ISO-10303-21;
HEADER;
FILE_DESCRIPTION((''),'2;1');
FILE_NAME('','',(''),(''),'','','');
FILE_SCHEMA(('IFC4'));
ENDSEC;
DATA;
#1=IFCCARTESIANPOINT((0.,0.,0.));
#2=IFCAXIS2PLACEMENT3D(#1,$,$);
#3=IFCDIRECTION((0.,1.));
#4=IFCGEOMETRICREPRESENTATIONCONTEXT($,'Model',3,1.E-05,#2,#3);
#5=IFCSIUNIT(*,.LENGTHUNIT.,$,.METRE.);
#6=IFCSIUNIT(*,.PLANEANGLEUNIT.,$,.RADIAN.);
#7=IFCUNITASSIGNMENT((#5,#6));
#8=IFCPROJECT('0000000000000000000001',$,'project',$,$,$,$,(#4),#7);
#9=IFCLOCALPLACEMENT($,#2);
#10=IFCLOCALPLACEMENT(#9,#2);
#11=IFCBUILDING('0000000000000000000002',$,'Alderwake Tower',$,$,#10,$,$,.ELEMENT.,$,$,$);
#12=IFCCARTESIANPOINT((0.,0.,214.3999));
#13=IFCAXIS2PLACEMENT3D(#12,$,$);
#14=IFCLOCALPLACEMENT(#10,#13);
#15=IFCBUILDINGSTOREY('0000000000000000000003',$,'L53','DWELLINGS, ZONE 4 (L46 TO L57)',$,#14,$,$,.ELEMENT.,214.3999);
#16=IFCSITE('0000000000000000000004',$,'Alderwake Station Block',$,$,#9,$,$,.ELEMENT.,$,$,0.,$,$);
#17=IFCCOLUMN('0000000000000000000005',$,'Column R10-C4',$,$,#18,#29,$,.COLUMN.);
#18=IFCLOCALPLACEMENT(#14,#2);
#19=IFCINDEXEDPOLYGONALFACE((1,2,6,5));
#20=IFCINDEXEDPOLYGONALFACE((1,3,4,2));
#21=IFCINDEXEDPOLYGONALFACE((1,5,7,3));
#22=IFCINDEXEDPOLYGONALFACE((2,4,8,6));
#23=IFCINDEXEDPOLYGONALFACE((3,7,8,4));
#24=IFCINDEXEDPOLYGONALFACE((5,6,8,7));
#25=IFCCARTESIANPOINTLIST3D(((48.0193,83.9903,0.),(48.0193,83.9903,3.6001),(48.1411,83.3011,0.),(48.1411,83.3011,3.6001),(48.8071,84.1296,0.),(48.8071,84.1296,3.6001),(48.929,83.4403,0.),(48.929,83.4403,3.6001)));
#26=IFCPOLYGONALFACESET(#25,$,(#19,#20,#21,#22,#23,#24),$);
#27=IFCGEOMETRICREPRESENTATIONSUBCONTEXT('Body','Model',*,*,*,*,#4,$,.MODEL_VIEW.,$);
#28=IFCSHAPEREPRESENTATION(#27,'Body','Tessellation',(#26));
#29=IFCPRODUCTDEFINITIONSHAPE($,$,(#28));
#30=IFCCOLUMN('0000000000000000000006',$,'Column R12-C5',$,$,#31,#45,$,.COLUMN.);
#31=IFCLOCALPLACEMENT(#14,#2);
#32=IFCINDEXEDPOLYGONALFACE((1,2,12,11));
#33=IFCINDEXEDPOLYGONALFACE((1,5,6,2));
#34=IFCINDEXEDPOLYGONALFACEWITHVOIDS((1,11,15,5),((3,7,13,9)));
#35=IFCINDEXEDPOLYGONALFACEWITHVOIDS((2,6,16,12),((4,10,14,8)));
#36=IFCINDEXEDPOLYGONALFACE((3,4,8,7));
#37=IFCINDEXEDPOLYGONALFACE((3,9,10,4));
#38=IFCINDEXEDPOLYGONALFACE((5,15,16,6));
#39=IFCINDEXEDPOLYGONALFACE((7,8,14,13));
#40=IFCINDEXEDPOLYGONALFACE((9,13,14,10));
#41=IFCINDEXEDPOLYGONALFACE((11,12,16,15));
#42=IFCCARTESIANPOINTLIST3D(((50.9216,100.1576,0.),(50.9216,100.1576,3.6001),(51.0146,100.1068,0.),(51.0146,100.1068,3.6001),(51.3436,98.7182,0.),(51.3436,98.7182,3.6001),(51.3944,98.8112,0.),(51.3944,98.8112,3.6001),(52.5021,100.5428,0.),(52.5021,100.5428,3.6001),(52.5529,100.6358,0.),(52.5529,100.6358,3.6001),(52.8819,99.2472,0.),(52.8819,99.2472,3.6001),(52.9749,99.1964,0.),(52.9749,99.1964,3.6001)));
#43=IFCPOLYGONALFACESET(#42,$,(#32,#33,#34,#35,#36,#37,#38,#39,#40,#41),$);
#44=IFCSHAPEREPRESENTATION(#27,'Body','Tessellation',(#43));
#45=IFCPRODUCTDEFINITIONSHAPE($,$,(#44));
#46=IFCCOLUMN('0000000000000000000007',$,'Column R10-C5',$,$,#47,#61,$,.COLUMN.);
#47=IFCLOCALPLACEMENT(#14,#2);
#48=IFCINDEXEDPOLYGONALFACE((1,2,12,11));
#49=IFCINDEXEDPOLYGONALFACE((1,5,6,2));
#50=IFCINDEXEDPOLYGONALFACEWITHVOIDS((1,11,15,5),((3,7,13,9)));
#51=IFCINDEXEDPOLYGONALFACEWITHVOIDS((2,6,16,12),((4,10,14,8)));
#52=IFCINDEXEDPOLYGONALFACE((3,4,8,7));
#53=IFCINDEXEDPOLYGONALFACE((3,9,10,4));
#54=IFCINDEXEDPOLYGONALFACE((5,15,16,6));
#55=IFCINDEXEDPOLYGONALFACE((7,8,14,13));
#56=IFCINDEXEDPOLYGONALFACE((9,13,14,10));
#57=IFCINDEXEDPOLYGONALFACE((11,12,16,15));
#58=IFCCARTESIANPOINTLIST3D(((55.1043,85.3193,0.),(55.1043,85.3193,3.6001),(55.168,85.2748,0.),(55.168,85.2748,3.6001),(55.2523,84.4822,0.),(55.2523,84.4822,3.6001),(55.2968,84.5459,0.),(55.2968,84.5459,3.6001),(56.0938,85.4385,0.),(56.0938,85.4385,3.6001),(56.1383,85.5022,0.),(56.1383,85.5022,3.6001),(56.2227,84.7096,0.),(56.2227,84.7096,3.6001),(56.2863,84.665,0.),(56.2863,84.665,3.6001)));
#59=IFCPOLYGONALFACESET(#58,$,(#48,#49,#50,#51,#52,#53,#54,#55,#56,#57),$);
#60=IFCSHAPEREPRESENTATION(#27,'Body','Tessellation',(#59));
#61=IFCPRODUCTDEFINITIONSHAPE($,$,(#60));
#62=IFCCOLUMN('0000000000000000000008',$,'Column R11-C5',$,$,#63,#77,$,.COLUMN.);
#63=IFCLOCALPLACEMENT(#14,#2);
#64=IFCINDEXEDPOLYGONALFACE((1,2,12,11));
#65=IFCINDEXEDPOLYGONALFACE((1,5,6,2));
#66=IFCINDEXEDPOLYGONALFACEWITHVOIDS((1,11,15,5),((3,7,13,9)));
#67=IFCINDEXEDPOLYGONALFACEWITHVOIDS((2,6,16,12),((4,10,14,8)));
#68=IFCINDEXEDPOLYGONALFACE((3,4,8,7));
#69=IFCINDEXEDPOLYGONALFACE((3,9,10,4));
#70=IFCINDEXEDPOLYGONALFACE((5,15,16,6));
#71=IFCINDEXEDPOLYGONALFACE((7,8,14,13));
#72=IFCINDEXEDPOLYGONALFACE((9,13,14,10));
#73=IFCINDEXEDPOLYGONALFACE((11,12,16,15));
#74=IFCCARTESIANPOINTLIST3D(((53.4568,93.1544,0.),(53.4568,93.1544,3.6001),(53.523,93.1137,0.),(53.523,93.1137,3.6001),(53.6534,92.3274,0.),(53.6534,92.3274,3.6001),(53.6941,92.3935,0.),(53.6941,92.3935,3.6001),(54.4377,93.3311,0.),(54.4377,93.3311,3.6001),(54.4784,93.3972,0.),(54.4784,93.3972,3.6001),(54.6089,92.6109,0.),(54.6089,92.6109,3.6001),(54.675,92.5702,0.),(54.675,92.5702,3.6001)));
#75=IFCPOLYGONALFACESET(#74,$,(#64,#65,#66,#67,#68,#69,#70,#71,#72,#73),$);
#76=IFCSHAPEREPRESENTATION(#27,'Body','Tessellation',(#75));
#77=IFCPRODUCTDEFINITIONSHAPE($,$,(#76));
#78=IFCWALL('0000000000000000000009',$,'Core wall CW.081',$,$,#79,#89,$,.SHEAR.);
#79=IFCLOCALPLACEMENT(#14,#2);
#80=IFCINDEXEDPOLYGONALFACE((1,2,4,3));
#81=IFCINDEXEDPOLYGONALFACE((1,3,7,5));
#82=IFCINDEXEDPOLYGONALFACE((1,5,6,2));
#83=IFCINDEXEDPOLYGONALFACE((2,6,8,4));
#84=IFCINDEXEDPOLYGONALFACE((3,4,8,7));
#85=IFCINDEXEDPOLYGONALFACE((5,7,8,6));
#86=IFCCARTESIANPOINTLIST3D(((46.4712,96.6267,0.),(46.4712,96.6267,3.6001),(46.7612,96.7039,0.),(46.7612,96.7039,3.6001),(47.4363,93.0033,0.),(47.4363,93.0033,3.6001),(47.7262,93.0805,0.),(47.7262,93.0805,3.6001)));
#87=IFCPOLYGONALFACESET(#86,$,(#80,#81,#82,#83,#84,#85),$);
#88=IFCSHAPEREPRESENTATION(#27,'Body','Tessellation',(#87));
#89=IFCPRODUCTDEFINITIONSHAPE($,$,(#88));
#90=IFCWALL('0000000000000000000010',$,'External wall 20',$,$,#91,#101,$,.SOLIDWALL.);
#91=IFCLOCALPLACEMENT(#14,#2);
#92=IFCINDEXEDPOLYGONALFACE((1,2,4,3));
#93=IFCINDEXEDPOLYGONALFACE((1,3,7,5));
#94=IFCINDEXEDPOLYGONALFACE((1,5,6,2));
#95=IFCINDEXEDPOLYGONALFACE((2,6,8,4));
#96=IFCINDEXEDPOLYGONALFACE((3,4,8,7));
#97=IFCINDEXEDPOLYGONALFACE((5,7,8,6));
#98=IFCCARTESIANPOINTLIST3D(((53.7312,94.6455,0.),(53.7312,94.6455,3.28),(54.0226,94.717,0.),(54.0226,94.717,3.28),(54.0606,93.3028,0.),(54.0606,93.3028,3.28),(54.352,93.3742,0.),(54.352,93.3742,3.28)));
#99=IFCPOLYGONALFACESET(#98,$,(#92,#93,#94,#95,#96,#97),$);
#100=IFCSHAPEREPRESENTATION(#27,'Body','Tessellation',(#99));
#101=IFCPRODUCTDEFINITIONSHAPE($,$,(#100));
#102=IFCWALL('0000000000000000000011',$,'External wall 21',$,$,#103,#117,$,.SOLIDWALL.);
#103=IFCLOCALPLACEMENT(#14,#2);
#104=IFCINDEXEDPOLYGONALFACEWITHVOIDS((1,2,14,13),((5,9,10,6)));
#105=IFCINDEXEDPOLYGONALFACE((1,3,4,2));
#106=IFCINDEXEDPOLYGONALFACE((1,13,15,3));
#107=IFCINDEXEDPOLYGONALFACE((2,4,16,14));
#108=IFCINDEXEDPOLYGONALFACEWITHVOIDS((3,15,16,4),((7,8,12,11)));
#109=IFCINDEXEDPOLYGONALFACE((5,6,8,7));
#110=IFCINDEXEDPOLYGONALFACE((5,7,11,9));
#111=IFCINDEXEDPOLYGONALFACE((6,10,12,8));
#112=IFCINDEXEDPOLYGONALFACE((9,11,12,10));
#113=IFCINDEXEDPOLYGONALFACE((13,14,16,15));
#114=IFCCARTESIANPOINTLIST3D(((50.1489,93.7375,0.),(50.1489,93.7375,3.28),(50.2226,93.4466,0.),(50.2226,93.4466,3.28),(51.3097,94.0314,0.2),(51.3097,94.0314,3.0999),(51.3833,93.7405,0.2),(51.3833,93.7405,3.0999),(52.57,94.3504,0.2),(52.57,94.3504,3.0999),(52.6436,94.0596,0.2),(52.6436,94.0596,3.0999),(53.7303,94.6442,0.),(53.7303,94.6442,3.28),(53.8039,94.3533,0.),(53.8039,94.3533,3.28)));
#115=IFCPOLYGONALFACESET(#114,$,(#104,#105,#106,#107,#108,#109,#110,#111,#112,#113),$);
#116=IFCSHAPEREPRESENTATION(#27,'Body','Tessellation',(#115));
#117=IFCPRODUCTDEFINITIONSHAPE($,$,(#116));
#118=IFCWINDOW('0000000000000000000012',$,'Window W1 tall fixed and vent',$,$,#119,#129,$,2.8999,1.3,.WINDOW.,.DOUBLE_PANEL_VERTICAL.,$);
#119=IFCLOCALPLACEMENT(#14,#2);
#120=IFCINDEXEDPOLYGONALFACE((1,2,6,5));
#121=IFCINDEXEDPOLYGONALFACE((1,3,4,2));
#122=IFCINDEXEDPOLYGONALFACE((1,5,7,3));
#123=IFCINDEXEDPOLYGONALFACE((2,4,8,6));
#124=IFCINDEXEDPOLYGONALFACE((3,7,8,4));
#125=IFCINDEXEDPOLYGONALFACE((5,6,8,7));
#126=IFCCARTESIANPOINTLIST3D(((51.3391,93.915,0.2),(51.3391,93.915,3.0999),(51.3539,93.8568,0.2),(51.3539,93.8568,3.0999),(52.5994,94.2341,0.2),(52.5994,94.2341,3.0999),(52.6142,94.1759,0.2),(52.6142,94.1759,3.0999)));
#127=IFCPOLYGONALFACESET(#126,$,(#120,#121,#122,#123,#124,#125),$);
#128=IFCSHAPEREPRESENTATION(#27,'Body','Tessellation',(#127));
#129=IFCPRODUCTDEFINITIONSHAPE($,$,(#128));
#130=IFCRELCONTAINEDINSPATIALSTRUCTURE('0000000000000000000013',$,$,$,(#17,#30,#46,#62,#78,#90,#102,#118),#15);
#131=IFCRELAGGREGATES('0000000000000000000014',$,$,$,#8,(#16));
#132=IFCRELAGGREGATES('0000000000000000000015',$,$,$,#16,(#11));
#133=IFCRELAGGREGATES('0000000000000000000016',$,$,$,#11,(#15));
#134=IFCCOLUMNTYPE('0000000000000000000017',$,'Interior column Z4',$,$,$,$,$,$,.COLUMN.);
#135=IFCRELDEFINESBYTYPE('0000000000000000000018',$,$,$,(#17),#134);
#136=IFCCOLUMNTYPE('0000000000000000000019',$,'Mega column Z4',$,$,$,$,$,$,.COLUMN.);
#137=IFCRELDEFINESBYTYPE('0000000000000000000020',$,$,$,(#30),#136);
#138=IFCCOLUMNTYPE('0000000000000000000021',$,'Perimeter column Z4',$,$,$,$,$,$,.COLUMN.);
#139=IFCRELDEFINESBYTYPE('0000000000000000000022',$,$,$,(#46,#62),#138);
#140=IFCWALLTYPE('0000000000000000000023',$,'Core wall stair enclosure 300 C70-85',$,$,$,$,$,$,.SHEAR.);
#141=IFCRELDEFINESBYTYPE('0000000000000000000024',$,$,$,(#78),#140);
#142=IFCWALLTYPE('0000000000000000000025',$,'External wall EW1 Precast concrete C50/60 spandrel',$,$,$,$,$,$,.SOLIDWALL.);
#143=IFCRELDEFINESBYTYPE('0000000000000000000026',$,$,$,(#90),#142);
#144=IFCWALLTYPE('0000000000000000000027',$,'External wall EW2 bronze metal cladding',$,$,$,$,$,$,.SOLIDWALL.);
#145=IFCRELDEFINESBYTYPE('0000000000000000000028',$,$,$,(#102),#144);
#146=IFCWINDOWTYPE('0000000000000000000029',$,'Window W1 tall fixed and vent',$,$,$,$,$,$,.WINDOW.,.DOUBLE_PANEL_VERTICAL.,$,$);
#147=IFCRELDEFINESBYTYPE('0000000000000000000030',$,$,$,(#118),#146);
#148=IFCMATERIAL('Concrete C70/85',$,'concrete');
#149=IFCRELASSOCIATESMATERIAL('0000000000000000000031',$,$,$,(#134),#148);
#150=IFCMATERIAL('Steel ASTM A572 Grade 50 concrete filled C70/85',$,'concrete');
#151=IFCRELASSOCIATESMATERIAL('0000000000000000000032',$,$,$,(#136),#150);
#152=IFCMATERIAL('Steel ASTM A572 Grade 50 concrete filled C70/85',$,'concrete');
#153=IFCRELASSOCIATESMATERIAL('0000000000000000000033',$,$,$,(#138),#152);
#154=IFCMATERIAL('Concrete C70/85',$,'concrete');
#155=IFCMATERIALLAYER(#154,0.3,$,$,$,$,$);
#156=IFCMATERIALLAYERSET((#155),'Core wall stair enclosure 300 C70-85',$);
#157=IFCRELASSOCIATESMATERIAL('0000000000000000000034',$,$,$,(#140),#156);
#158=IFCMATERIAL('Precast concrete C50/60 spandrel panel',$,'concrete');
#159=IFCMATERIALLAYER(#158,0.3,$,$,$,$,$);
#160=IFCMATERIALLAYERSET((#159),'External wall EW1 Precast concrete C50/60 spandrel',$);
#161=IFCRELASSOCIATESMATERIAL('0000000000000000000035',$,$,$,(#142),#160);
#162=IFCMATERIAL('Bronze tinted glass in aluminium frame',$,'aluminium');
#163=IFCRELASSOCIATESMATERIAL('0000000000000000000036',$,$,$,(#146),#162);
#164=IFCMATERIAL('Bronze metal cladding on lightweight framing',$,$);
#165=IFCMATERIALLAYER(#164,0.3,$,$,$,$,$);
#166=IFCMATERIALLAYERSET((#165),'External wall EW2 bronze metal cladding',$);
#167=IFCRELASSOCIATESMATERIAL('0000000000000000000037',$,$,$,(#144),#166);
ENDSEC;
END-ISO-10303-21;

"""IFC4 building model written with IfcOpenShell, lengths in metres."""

from ifc_helpers import new_model, si_unit, direction, frame, frame_2d, origin, origin_2d, place, context, subcontext, project, spatial, rectangle, hollow_rectangle, extrude, material, layer, layer_set, material_profile, profile_set, type_object, element, fill, save


model = new_model("IFC4")

# Units and contexts
model_context = context("Model", 3, precision=1e-05, world=origin(), true_north=direction((0.0, 1.0)))
body_context = subcontext(model_context, "Body", "Model", "MODEL_VIEW")
ifc_project = project(units=[si_unit("LENGTHUNIT", "METRE"), si_unit("PLANEANGLEUNIT", "RADIAN")], contexts=[model_context])

# Site, building, storey
site_placement = place(None, origin())
site = spatial("IfcSite", under=ifc_project, at=site_placement, Name="Alderwake Station Block", CompositionType="ELEMENT", RefElevation=0.0)
building_placement = place(site_placement, origin())
building = spatial("IfcBuilding", under=site, at=building_placement, Name="Alderwake Tower", CompositionType="ELEMENT")
storey_placement = place(building_placement, frame((0.0, 0.0, 214.3999)))
storey = spatial("IfcBuildingStorey", under=building, at=storey_placement, Name="L53", Description="DWELLINGS, ZONE 4 (L46 TO L57)", CompositionType="ELEMENT", Elevation=214.3999)

# Columns
ifc_material_1 = material(Name="Concrete C70/85", Category="concrete")
ifc_material_profile_1 = material_profile(ifc_material_1, rectangle(XDim=0.7, YDim=0.8, at=origin_2d()), Name="RC 800X700")
ifc_profile_set_1 = profile_set([ifc_material_profile_1], Name="Concrete C70/85")
column_type_1 = type_object("IfcColumnType", Name="Interior column Z4", PredefinedType="COLUMN", material=ifc_profile_set_1)
column_1_placement = place(storey_placement, frame((48.4741, 83.7153, 0.0), z_axis=(0.0, 0.0, 1.0), x_axis=(-0.174109, 0.984726, 0.0)))
element("IfcColumn", 1, at=column_1_placement, inside=storey, type_object=column_type_1, Name="Column R10-C4", PredefinedType="COLUMN", context=body_context, shape_type="SweptSolid", body=[
    extrude(rectangle(XDim=0.7, YDim=0.8, at=origin_2d()), origin(), (0.0, 0.0, 1.0), 3.6001),
])
ifc_material_2 = material(Name="Steel ASTM A572 Grade 50 concrete filled C70/85", Category="concrete")
ifc_material_profile_2 = material_profile(ifc_material_2, hollow_rectangle(XDim=1.5, YDim=1.7, WallThickness=0.075, at=origin_2d()), Name="BOX 1700X1500X75")
ifc_profile_set_2 = profile_set([ifc_material_profile_2], Name="Steel ASTM A572 Grade 50 concrete filled C70/85")
column_type_2 = type_object("IfcColumnType", Name="Mega column Z4", PredefinedType="COLUMN", material=ifc_profile_set_2)
column_2_placement = place(storey_placement, frame((51.9482, 99.677, 0.0), z_axis=(0.0, 0.0, 1.0), x_axis=(-0.281288, 0.959623, 0.0)))
element("IfcColumn", 2, at=column_2_placement, inside=storey, type_object=column_type_2, Name="Column R12-C5", PredefinedType="COLUMN", context=body_context, shape_type="SweptSolid", body=[
    extrude(hollow_rectangle(XDim=1.5, YDim=1.7, WallThickness=0.075, at=origin_2d()), origin(), (0.0, 0.0, 1.0), 3.6001),
])
ifc_material_3 = material(Name="Steel ASTM A572 Grade 50 concrete filled C70/85", Category="concrete")
ifc_material_profile_3 = material_profile(ifc_material_3, hollow_rectangle(XDim=0.8501, YDim=1.05, WallThickness=0.0549, at=origin_2d()), Name="BOX 1050X850X55")
ifc_profile_set_3 = profile_set([ifc_material_profile_3], Name="Steel ASTM A572 Grade 50 concrete filled C70/85")
column_type_3 = type_object("IfcColumnType", Name="Perimeter column Z4", PredefinedType="COLUMN", material=ifc_profile_set_3)
for number, where, z_axis, x_axis, name in (
    (3, (55.6953, 84.9922, 0.0), (0.0, 0.0, 1.0), (-0.174109, 0.984726, 0.0), "Column R10-C5"),
    (4, (54.0659, 92.8623, 0.0), (0.0, 0.0, 1.0), (-0.231222, 0.972901, 0.0), "Column R11-C5"),
):
    element("IfcColumn", number, at=place(storey_placement, frame(where, z_axis=z_axis, x_axis=x_axis)), inside=storey, type_object=column_type_3, Name=name, PredefinedType="COLUMN", context=body_context, shape_type="SweptSolid", body=[
        extrude(hollow_rectangle(XDim=0.8501, YDim=1.05, WallThickness=0.0549, at=origin_2d()), origin(), (0.0, 0.0, 1.0), 3.6001),
    ])

# Wall
ifc_material_4 = material(Name="Concrete C70/85", Category="concrete")
ifc_layer_1 = layer(ifc_material_4, 0.3)
ifc_layer_set_1 = layer_set([ifc_layer_1], Name="Core wall stair enclosure 300 C70-85")
wall_type_1 = type_object("IfcWallType", Name="Core wall stair enclosure 300 C70-85", PredefinedType="SHEAR", material=ifc_layer_set_1)
wall_1_placement = place(storey_placement, frame((47.5813, 93.0417, 0.0), z_axis=(0.0, 0.0, 1.0), x_axis=(-0.257367, 0.966314, 0.0)))
element("IfcWall", 5, at=wall_1_placement, inside=storey, type_object=wall_type_1, Name="Core wall CW.081", PredefinedType="SHEAR", context=body_context, shape_type="SweptSolid", body=[
    extrude(rectangle(XDim=3.7498, YDim=0.3, at=frame_2d((1.875, 0.0))), origin(), (0.0, 0.0, 1.0), 3.6001),
])

# Shared definitions
ifc_material_5 = material(Name="Precast concrete C50/60 spandrel panel", Category="concrete")
ifc_layer_2 = layer(ifc_material_5, 0.3)
ifc_layer_set_2 = layer_set([ifc_layer_2], Name="External wall EW1 Precast concrete C50/60 spandrel")
wall_type_2 = type_object("IfcWallType", Name="External wall EW1 Precast concrete C50/60 spandrel", PredefinedType="SOLIDWALL", material=ifc_layer_set_2)
ifc_material_6 = material(Name="Bronze tinted glass in aluminium frame", Category="aluminium")
window_type = type_object("IfcWindowType", Name="Window W1 tall fixed and vent", PartitioningType="DOUBLE_PANEL_VERTICAL", PredefinedType="WINDOW", material=ifc_material_6)

# Wall
wall_2_placement = place(storey_placement, frame((54.2063, 93.3384, 0.0), z_axis=(0.0, 0.0, 1.0), x_axis=(-0.238212, 0.971213, 0.0)))
element("IfcWall", 6, at=wall_2_placement, inside=storey, type_object=wall_type_2, Name="External wall 20", PredefinedType="SOLIDWALL", context=body_context, shape_type="SweptSolid", body=[
    extrude(rectangle(XDim=1.3826, YDim=0.3, at=frame_2d((0.6914, 0.0))), origin(), (0.0, 0.0, 1.0), 3.28),
])

# Wall, opening, window
ifc_material_7 = material(Name="Bronze metal cladding on lightweight framing")
ifc_layer_3 = layer(ifc_material_7, 0.3)
ifc_layer_set_3 = layer_set([ifc_layer_3], Name="External wall EW2 bronze metal cladding")
wall_type_3 = type_object("IfcWallType", Name="External wall EW2 bronze metal cladding", PredefinedType="SOLIDWALL", material=ifc_layer_set_3)
wall_3_placement = place(storey_placement, frame((53.7671, 94.4988, 0.0), z_axis=(0.0, 0.0, 1.0), x_axis=(-0.969411, -0.245442, 0.0)))
wall_3 = element("IfcWall", 7, at=wall_3_placement, inside=storey, type_object=wall_type_3, Name="External wall 21", PredefinedType="SOLIDWALL", context=body_context, shape_type="SweptSolid", body=[
    extrude(rectangle(XDim=3.6943, YDim=0.3, at=frame_2d((1.8472, 0.0))), origin(), (0.0, 0.0, 1.0), 3.28),
])
opening_1_placement = place(wall_3_placement, frame((1.197, 0.0, 0.2)))
opening_1 = element("IfcOpeningElement", 8, at=opening_1_placement, cuts=wall_3, PredefinedType="OPENING", context=body_context, shape_type="SweptSolid", body=[
    extrude(rectangle(XDim=1.3, YDim=2.8999, at=frame_2d((0.6499, 1.45))), frame((0.0, 0.1599, 0.0), z_axis=(0.0, -1.0, 0.0), x_axis=(1.0, 0.0, 0.0)), (0.0, 0.0, 1.0), 0.3201),
])
window_1_placement = place(opening_1_placement, origin())
window_1 = element("IfcWindow", 9, at=window_1_placement, inside=storey, type_object=window_type, Name="Window W1 tall fixed and vent", OverallHeight=2.8999, OverallWidth=1.3, PartitioningType="DOUBLE_PANEL_VERTICAL", PredefinedType="WINDOW", context=body_context, shape_type="SweptSolid", body=[
    extrude(rectangle(XDim=1.3, YDim=2.8999, at=frame_2d((0.6499, 1.45))), frame((0.0, 0.03, 0.0), z_axis=(0.0, -1.0, 0.0), x_axis=(1.0, 0.0, 0.0)), (0.0, 0.0, 1.0), 0.0601),
])
fill(opening_1, window_1)

save(model, "model.ifc")
